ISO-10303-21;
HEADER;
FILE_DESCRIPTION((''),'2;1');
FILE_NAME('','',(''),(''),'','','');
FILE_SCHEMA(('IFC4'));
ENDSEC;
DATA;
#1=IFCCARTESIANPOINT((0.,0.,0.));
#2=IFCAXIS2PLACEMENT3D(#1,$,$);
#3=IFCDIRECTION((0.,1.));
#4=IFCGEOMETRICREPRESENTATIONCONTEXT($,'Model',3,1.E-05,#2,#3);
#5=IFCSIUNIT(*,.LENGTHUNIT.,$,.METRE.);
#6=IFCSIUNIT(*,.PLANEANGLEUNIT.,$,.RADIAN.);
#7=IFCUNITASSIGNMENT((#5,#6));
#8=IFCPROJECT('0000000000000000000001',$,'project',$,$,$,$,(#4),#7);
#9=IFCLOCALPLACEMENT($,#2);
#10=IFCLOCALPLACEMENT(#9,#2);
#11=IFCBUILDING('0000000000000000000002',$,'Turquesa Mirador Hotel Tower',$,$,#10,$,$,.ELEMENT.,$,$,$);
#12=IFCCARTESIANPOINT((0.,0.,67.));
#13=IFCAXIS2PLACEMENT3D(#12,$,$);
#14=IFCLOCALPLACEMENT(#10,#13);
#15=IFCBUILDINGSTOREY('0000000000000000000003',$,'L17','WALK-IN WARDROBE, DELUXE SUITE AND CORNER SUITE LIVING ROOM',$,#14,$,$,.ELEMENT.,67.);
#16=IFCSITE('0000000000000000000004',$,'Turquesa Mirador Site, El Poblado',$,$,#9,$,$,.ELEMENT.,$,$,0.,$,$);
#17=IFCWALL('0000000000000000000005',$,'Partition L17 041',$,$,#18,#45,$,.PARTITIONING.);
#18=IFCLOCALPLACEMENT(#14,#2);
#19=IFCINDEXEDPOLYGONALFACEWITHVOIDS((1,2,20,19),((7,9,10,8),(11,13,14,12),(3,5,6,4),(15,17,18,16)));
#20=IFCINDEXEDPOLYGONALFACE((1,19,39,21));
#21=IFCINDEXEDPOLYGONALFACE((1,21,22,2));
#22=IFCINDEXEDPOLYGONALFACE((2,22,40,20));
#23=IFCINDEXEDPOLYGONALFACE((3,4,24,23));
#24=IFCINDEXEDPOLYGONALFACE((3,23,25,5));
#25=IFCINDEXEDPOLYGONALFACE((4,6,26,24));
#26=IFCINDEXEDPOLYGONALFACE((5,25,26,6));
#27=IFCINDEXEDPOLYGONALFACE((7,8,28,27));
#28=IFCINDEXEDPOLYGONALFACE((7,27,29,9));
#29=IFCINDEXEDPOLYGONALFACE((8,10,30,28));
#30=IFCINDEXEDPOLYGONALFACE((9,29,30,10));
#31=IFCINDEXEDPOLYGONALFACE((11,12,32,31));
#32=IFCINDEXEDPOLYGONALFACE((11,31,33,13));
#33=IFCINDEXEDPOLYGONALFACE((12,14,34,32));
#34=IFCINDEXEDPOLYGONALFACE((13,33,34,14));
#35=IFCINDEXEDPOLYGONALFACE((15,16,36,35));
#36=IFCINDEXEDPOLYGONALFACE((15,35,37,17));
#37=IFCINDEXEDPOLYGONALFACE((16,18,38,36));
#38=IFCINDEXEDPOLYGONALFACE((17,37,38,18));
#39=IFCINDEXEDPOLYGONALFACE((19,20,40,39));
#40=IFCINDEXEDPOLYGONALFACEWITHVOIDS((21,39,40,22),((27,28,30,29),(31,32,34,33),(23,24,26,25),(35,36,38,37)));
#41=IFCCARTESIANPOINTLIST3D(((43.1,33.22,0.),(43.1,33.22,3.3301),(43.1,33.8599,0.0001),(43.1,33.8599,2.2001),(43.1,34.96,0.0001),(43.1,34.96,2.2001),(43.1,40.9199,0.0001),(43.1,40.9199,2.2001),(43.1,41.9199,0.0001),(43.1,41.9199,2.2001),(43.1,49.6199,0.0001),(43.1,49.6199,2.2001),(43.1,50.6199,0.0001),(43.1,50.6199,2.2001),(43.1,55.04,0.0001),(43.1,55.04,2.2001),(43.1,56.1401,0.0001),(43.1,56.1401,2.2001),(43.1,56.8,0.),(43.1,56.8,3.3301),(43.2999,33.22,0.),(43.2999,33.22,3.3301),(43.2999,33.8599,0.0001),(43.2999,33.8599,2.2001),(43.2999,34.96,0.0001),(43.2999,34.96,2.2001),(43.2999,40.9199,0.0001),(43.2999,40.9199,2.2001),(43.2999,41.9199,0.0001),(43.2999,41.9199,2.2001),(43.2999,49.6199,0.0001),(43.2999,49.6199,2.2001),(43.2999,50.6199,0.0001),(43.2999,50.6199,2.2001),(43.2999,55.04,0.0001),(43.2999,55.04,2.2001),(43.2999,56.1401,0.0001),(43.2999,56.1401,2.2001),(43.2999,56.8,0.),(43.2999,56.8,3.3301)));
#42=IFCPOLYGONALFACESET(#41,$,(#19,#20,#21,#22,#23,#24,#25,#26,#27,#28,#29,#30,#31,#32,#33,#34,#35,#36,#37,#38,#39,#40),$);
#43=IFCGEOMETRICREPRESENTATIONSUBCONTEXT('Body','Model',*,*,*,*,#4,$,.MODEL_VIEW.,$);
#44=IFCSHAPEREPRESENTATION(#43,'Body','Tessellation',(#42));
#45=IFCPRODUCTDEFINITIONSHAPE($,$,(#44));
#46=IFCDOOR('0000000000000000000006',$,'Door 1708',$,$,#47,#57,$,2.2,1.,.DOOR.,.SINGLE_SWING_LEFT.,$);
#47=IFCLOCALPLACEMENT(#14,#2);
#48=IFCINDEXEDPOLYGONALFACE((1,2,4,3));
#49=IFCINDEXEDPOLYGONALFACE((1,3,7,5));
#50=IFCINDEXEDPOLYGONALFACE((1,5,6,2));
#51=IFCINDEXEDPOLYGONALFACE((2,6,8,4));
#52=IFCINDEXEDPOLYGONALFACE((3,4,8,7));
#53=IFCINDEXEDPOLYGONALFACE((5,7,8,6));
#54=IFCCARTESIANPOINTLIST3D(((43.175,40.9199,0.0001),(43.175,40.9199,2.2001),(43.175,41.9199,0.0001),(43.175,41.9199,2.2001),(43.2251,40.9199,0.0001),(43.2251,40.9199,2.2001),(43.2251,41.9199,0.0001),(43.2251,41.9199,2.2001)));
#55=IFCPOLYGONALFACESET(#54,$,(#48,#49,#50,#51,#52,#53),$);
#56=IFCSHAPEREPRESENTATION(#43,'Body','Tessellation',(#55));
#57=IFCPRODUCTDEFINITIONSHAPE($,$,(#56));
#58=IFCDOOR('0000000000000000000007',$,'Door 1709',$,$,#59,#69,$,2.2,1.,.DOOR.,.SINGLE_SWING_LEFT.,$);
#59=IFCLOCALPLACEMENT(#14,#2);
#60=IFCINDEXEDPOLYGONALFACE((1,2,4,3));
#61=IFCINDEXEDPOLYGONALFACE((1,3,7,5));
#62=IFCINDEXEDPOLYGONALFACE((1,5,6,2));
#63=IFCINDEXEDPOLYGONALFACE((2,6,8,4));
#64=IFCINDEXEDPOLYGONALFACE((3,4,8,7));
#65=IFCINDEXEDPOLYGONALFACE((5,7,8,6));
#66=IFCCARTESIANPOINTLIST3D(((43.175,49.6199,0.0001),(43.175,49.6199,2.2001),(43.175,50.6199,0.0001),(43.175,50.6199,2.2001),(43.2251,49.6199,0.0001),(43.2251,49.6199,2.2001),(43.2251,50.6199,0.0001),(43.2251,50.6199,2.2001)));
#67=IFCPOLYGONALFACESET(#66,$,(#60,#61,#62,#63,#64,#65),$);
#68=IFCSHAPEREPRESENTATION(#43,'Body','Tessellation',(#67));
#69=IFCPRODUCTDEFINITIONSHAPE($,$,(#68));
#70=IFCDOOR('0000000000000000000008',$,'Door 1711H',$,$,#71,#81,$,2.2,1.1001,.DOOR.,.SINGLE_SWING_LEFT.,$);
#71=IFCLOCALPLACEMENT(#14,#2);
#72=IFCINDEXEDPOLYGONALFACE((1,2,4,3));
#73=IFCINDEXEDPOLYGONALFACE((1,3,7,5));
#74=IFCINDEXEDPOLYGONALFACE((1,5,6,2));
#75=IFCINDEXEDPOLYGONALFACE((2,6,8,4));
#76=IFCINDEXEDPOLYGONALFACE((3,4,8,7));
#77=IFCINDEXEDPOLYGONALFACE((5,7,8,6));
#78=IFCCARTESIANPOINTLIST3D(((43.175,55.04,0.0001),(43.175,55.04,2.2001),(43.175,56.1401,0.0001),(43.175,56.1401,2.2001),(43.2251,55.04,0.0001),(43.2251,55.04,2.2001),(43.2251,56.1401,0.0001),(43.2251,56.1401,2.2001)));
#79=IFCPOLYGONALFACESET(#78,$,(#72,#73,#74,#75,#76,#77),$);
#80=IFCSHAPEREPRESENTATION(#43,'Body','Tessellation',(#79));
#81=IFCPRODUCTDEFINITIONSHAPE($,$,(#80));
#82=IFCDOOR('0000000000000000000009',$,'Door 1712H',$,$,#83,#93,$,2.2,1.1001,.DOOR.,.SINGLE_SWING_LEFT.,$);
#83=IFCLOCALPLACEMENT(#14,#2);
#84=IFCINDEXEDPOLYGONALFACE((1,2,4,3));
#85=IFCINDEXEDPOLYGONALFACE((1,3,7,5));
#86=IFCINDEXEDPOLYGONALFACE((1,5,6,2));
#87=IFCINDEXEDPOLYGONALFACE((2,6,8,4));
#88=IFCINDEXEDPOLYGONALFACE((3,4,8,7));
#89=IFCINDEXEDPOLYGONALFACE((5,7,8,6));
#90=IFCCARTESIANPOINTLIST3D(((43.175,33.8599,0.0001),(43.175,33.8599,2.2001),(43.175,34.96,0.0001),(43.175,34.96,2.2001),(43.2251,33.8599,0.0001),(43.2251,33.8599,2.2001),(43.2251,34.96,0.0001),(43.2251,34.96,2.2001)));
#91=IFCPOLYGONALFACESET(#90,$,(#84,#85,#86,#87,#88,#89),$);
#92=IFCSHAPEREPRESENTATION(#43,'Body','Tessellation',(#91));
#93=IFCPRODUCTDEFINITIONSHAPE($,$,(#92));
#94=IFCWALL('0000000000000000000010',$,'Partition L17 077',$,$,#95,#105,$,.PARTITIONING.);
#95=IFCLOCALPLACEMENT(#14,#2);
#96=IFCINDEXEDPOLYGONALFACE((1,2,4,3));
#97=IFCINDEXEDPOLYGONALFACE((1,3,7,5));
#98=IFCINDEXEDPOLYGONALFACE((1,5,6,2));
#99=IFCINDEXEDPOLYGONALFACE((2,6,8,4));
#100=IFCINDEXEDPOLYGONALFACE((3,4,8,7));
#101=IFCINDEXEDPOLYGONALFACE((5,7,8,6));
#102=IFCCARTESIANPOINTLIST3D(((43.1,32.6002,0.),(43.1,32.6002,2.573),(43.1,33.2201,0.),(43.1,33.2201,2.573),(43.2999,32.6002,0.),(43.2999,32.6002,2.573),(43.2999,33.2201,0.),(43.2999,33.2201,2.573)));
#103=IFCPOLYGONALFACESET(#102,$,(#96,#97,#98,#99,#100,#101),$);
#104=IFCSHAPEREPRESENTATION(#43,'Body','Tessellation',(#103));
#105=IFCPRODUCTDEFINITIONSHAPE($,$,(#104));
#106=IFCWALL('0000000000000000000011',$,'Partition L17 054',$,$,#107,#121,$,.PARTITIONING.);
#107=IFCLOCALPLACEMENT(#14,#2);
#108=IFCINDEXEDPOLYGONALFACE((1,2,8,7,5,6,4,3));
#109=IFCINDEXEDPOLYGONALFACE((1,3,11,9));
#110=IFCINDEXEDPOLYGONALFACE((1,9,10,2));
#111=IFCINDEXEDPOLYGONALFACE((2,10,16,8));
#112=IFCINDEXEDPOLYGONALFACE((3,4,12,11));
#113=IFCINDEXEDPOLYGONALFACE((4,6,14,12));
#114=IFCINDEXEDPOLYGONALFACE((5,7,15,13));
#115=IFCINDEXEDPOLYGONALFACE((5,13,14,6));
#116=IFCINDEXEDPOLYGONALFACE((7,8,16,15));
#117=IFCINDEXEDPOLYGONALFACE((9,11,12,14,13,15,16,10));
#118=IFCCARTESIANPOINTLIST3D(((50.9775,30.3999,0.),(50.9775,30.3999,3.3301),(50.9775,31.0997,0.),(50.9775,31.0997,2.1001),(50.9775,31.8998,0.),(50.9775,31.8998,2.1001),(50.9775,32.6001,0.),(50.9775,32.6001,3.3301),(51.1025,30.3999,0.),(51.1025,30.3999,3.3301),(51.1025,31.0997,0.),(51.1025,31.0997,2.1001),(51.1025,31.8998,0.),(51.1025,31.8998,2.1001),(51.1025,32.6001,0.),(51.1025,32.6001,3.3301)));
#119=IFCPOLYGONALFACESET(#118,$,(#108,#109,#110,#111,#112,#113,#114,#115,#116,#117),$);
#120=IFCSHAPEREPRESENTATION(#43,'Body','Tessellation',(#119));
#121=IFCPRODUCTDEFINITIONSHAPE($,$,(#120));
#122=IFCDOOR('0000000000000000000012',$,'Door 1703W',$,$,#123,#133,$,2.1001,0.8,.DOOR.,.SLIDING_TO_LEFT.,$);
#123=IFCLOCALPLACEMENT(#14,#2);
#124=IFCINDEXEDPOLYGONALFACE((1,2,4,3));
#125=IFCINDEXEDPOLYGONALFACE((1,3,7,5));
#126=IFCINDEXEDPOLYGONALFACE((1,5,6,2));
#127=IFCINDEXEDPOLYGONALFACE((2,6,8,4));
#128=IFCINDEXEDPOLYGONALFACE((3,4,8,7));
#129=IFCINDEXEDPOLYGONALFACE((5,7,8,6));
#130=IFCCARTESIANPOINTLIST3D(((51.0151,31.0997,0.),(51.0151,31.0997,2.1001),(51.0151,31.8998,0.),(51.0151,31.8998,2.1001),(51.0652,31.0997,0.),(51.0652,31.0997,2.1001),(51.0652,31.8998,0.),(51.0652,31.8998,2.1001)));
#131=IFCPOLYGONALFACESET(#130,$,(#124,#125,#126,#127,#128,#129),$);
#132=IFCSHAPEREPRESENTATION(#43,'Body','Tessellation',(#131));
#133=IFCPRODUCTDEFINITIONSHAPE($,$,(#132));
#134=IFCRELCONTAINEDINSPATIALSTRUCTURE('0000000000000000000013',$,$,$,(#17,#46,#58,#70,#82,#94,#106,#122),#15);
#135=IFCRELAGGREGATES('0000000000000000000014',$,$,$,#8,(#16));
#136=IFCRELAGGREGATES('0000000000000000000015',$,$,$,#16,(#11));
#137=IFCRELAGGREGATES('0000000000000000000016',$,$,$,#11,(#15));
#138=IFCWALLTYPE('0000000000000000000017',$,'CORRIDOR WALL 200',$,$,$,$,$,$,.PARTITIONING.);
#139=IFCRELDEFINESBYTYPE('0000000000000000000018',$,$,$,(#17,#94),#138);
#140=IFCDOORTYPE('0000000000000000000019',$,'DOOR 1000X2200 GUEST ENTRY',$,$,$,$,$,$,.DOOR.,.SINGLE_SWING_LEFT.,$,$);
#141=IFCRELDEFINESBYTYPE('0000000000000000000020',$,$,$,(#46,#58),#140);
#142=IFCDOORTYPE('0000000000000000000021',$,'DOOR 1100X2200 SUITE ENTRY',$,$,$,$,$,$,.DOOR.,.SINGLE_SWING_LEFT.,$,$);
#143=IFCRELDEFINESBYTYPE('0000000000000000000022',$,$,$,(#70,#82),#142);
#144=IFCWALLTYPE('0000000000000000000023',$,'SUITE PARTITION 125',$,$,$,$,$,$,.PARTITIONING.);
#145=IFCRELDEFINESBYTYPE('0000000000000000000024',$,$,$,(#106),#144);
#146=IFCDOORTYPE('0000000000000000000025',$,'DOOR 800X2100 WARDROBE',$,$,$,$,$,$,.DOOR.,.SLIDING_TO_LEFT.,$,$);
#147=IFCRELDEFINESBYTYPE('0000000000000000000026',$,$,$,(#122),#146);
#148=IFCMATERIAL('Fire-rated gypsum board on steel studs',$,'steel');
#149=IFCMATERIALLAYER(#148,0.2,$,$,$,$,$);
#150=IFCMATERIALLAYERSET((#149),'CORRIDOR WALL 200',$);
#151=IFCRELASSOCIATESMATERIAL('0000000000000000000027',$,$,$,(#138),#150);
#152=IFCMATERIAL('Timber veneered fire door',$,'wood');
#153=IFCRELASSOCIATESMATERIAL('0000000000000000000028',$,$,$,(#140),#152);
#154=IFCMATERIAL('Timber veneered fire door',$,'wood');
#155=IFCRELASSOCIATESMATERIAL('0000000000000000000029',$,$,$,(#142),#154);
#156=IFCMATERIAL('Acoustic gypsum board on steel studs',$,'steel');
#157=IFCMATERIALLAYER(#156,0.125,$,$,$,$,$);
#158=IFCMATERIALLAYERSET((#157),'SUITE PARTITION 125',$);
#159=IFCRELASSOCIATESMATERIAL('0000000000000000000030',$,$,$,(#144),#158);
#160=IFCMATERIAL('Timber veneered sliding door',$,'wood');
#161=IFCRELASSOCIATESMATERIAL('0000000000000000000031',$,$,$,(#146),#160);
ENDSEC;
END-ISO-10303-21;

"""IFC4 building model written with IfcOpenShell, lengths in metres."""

from ifc_helpers import new_model, si_unit, direction, frame, frame_2d, origin, place, context, subcontext, project, spatial, rectangle, extrude, material, layer, layer_set, type_object, element, fill, save


model = new_model("IFC4")

# Units and contexts
model_context = context("Model", 3, precision=1e-05, world=origin(), true_north=direction((0.0, 1.0)))
body_context = subcontext(model_context, "Body", "Model", "MODEL_VIEW")
ifc_project = project(units=[si_unit("LENGTHUNIT", "METRE"), si_unit("PLANEANGLEUNIT", "RADIAN")], contexts=[model_context])

# Site, building, storey
site_placement = place(None, origin())
site = spatial("IfcSite", under=ifc_project, at=site_placement, Name="Turquesa Mirador Site, El Poblado", CompositionType="ELEMENT", RefElevation=0.0)
building_placement = place(site_placement, origin())
building = spatial("IfcBuilding", under=site, at=building_placement, Name="Turquesa Mirador Hotel Tower", CompositionType="ELEMENT")
storey_placement = place(building_placement, frame((0.0, 0.0, 67.0)))
storey = spatial("IfcBuildingStorey", under=building, at=storey_placement, Name="L17", Description="WALK-IN WARDROBE, DELUXE SUITE AND CORNER SUITE LIVING ROOM", CompositionType="ELEMENT", Elevation=67.0)

# Wall, openings, doors
ifc_material_1 = material(Name="Fire-rated gypsum board on steel studs", Category="steel")
ifc_layer_1 = layer(ifc_material_1, 0.2)
ifc_layer_set_1 = layer_set([ifc_layer_1], Name="CORRIDOR WALL 200")
wall_type_1 = type_object("IfcWallType", Name="CORRIDOR WALL 200", PredefinedType="PARTITIONING", material=ifc_layer_set_1)
ifc_material_2 = material(Name="Timber veneered fire door", Category="wood")
door_type_1 = type_object("IfcDoorType", Name="DOOR 1000X2200 GUEST ENTRY", OperationType="SINGLE_SWING_LEFT", PredefinedType="DOOR", material=ifc_material_2)
wall_1_placement = place(storey_placement, frame((43.2, 33.22, 0.0), z_axis=(0.0, 0.0, 1.0), x_axis=(0.0, 1.0, 0.0)))
wall_1 = element("IfcWall", 1, at=wall_1_placement, inside=storey, type_object=wall_type_1, Name="Partition L17 041", PredefinedType="PARTITIONING", context=body_context, shape_type="SweptSolid", body=[
    extrude(rectangle(XDim=23.5801, YDim=0.2, at=frame_2d((11.79, 0.0))), origin(), (0.0, 0.0, 1.0), 3.3301),
])
opening_1_placement = place(wall_1_placement, frame((7.7, 0.0, 0.0)))
opening_1 = element("IfcOpeningElement", 2, at=opening_1_placement, cuts=wall_1, PredefinedType="OPENING", context=body_context, shape_type="SweptSolid", body=[
    extrude(rectangle(XDim=1.0, YDim=2.2, at=frame_2d((0.5, 1.1001))), frame((0.0, 0.1099, 0.0), z_axis=(0.0, -1.0, 0.0), x_axis=(1.0, 0.0, 0.0)), (0.0, 0.0, 1.0), 0.22),
])
opening_2_placement = place(wall_1_placement, frame((16.3999, 0.0, 0.0)))
opening_2 = element("IfcOpeningElement", 3, at=opening_2_placement, cuts=wall_1, PredefinedType="OPENING", context=body_context, shape_type="SweptSolid", body=[
    extrude(rectangle(XDim=1.0, YDim=2.2, at=frame_2d((0.5, 1.1001))), frame((0.0, 0.1099, 0.0), z_axis=(0.0, -1.0, 0.0), x_axis=(1.0, 0.0, 0.0)), (0.0, 0.0, 1.0), 0.22),
])
opening_3_placement = place(wall_1_placement, frame((21.8201, 0.0, 0.0)))
opening_3 = element("IfcOpeningElement", 4, at=opening_3_placement, cuts=wall_1, PredefinedType="OPENING", context=body_context, shape_type="SweptSolid", body=[
    extrude(rectangle(XDim=1.1001, YDim=2.2, at=frame_2d((0.55, 1.1001))), frame((0.0, 0.1099, 0.0), z_axis=(0.0, -1.0, 0.0), x_axis=(1.0, 0.0, 0.0)), (0.0, 0.0, 1.0), 0.22),
])
opening_4_placement = place(wall_1_placement, frame((0.6399, 0.0, 0.0)))
opening_4 = element("IfcOpeningElement", 5, at=opening_4_placement, cuts=wall_1, PredefinedType="OPENING", context=body_context, shape_type="SweptSolid", body=[
    extrude(rectangle(XDim=1.1001, YDim=2.2, at=frame_2d((0.55, 1.1001))), frame((0.0, 0.1099, 0.0), z_axis=(0.0, -1.0, 0.0), x_axis=(1.0, 0.0, 0.0)), (0.0, 0.0, 1.0), 0.22),
])
door_1_placement = place(opening_1_placement, origin())
door_1 = element("IfcDoor", 6, at=door_1_placement, inside=storey, type_object=door_type_1, Name="Door 1708", OperationType="SINGLE_SWING_LEFT", OverallHeight=2.2, OverallWidth=1.0, PredefinedType="DOOR", context=body_context, shape_type="SweptSolid", body=[
    extrude(rectangle(XDim=1.0, YDim=2.2, at=frame_2d((0.5, 1.1001))), frame((0.0, 0.0249, 0.0), z_axis=(0.0, -1.0, 0.0), x_axis=(1.0, 0.0, 0.0)), (0.0, 0.0, 1.0), 0.05),
])
fill(opening_1, door_1)
door_2_placement = place(opening_2_placement, origin())
door_2 = element("IfcDoor", 7, at=door_2_placement, inside=storey, type_object=door_type_1, Name="Door 1709", OperationType="SINGLE_SWING_LEFT", OverallHeight=2.2, OverallWidth=1.0, PredefinedType="DOOR", context=body_context, shape_type="SweptSolid", body=[
    extrude(rectangle(XDim=1.0, YDim=2.2, at=frame_2d((0.5, 1.1001))), frame((0.0, 0.0249, 0.0), z_axis=(0.0, -1.0, 0.0), x_axis=(1.0, 0.0, 0.0)), (0.0, 0.0, 1.0), 0.05),
])
fill(opening_2, door_2)
ifc_material_3 = material(Name="Timber veneered fire door", Category="wood")
door_type_2 = type_object("IfcDoorType", Name="DOOR 1100X2200 SUITE ENTRY", OperationType="SINGLE_SWING_LEFT", PredefinedType="DOOR", material=ifc_material_3)
door_3_placement = place(opening_3_placement, origin())
door_3 = element("IfcDoor", 8, at=door_3_placement, inside=storey, type_object=door_type_2, Name="Door 1711H", OperationType="SINGLE_SWING_LEFT", OverallHeight=2.2, OverallWidth=1.1001, PredefinedType="DOOR", context=body_context, shape_type="SweptSolid", body=[
    extrude(rectangle(XDim=1.1001, YDim=2.2, at=frame_2d((0.55, 1.1001))), frame((0.0, 0.0249, 0.0), z_axis=(0.0, -1.0, 0.0), x_axis=(1.0, 0.0, 0.0)), (0.0, 0.0, 1.0), 0.05),
])
fill(opening_3, door_3)
door_4_placement = place(opening_4_placement, origin())
door_4 = element("IfcDoor", 9, at=door_4_placement, inside=storey, type_object=door_type_2, Name="Door 1712H", OperationType="SINGLE_SWING_LEFT", OverallHeight=2.2, OverallWidth=1.1001, PredefinedType="DOOR", context=body_context, shape_type="SweptSolid", body=[
    extrude(rectangle(XDim=1.1001, YDim=2.2, at=frame_2d((0.55, 1.1001))), frame((0.0, 0.0249, 0.0), z_axis=(0.0, -1.0, 0.0), x_axis=(1.0, 0.0, 0.0)), (0.0, 0.0, 1.0), 0.05),
])
fill(opening_4, door_4)

# Wall
wall_2_placement = place(storey_placement, frame((43.2, 32.6001, 0.0), z_axis=(0.0, 0.0, 1.0), x_axis=(0.0, 1.0, 0.0)))
element("IfcWall", 10, at=wall_2_placement, inside=storey, type_object=wall_type_1, Name="Partition L17 077", PredefinedType="PARTITIONING", context=body_context, shape_type="SweptSolid", body=[
    extrude(rectangle(XDim=0.6199, YDim=0.2, at=frame_2d((0.3101, 0.0))), origin(), (0.0, 0.0, 1.0), 2.573),
])

# Wall, opening, door
ifc_material_4 = material(Name="Acoustic gypsum board on steel studs", Category="steel")
ifc_layer_2 = layer(ifc_material_4, 0.125)
ifc_layer_set_2 = layer_set([ifc_layer_2], Name="SUITE PARTITION 125")
wall_type_2 = type_object("IfcWallType", Name="SUITE PARTITION 125", PredefinedType="PARTITIONING", material=ifc_layer_set_2)
wall_3_placement = place(storey_placement, frame((51.04, 30.3999, 0.0), z_axis=(0.0, 0.0, 1.0), x_axis=(0.0, 1.0, 0.0)))
wall_3 = element("IfcWall", 11, at=wall_3_placement, inside=storey, type_object=wall_type_2, Name="Partition L17 054", PredefinedType="PARTITIONING", context=body_context, shape_type="SweptSolid", body=[
    extrude(rectangle(XDim=2.2002, YDim=0.125, at=frame_2d((1.1001, 0.0))), origin(), (0.0, 0.0, 1.0), 3.3301),
])
opening_5_placement = place(wall_3_placement, frame((0.7, 0.0, 0.0)))
opening_5 = element("IfcOpeningElement", 12, at=opening_5_placement, cuts=wall_3, PredefinedType="OPENING", context=body_context, shape_type="SweptSolid", body=[
    extrude(rectangle(XDim=0.8, YDim=2.1001, at=frame_2d((0.3999, 1.05))), frame((0.0, 0.0725, 0.0), z_axis=(0.0, -1.0, 0.0), x_axis=(1.0, 0.0, 0.0)), (0.0, 0.0, 1.0), 0.145),
])
ifc_material_5 = material(Name="Timber veneered sliding door", Category="wood")
door_type_3 = type_object("IfcDoorType", Name="DOOR 800X2100 WARDROBE", OperationType="SLIDING_TO_LEFT", PredefinedType="DOOR", material=ifc_material_5)
door_5_placement = place(opening_5_placement, origin())
door_5 = element("IfcDoor", 13, at=door_5_placement, inside=storey, type_object=door_type_3, Name="Door 1703W", OperationType="SLIDING_TO_LEFT", OverallHeight=2.1001, OverallWidth=0.8, PredefinedType="DOOR", context=body_context, shape_type="SweptSolid", body=[
    extrude(rectangle(XDim=0.8, YDim=2.1001, at=frame_2d((0.3999, 1.05))), frame((0.0, 0.0249, 0.0), z_axis=(0.0, -1.0, 0.0), x_axis=(1.0, 0.0, 0.0)), (0.0, 0.0, 1.0), 0.05),
])
fill(opening_5, door_5)

save(model, "model.ifc")
